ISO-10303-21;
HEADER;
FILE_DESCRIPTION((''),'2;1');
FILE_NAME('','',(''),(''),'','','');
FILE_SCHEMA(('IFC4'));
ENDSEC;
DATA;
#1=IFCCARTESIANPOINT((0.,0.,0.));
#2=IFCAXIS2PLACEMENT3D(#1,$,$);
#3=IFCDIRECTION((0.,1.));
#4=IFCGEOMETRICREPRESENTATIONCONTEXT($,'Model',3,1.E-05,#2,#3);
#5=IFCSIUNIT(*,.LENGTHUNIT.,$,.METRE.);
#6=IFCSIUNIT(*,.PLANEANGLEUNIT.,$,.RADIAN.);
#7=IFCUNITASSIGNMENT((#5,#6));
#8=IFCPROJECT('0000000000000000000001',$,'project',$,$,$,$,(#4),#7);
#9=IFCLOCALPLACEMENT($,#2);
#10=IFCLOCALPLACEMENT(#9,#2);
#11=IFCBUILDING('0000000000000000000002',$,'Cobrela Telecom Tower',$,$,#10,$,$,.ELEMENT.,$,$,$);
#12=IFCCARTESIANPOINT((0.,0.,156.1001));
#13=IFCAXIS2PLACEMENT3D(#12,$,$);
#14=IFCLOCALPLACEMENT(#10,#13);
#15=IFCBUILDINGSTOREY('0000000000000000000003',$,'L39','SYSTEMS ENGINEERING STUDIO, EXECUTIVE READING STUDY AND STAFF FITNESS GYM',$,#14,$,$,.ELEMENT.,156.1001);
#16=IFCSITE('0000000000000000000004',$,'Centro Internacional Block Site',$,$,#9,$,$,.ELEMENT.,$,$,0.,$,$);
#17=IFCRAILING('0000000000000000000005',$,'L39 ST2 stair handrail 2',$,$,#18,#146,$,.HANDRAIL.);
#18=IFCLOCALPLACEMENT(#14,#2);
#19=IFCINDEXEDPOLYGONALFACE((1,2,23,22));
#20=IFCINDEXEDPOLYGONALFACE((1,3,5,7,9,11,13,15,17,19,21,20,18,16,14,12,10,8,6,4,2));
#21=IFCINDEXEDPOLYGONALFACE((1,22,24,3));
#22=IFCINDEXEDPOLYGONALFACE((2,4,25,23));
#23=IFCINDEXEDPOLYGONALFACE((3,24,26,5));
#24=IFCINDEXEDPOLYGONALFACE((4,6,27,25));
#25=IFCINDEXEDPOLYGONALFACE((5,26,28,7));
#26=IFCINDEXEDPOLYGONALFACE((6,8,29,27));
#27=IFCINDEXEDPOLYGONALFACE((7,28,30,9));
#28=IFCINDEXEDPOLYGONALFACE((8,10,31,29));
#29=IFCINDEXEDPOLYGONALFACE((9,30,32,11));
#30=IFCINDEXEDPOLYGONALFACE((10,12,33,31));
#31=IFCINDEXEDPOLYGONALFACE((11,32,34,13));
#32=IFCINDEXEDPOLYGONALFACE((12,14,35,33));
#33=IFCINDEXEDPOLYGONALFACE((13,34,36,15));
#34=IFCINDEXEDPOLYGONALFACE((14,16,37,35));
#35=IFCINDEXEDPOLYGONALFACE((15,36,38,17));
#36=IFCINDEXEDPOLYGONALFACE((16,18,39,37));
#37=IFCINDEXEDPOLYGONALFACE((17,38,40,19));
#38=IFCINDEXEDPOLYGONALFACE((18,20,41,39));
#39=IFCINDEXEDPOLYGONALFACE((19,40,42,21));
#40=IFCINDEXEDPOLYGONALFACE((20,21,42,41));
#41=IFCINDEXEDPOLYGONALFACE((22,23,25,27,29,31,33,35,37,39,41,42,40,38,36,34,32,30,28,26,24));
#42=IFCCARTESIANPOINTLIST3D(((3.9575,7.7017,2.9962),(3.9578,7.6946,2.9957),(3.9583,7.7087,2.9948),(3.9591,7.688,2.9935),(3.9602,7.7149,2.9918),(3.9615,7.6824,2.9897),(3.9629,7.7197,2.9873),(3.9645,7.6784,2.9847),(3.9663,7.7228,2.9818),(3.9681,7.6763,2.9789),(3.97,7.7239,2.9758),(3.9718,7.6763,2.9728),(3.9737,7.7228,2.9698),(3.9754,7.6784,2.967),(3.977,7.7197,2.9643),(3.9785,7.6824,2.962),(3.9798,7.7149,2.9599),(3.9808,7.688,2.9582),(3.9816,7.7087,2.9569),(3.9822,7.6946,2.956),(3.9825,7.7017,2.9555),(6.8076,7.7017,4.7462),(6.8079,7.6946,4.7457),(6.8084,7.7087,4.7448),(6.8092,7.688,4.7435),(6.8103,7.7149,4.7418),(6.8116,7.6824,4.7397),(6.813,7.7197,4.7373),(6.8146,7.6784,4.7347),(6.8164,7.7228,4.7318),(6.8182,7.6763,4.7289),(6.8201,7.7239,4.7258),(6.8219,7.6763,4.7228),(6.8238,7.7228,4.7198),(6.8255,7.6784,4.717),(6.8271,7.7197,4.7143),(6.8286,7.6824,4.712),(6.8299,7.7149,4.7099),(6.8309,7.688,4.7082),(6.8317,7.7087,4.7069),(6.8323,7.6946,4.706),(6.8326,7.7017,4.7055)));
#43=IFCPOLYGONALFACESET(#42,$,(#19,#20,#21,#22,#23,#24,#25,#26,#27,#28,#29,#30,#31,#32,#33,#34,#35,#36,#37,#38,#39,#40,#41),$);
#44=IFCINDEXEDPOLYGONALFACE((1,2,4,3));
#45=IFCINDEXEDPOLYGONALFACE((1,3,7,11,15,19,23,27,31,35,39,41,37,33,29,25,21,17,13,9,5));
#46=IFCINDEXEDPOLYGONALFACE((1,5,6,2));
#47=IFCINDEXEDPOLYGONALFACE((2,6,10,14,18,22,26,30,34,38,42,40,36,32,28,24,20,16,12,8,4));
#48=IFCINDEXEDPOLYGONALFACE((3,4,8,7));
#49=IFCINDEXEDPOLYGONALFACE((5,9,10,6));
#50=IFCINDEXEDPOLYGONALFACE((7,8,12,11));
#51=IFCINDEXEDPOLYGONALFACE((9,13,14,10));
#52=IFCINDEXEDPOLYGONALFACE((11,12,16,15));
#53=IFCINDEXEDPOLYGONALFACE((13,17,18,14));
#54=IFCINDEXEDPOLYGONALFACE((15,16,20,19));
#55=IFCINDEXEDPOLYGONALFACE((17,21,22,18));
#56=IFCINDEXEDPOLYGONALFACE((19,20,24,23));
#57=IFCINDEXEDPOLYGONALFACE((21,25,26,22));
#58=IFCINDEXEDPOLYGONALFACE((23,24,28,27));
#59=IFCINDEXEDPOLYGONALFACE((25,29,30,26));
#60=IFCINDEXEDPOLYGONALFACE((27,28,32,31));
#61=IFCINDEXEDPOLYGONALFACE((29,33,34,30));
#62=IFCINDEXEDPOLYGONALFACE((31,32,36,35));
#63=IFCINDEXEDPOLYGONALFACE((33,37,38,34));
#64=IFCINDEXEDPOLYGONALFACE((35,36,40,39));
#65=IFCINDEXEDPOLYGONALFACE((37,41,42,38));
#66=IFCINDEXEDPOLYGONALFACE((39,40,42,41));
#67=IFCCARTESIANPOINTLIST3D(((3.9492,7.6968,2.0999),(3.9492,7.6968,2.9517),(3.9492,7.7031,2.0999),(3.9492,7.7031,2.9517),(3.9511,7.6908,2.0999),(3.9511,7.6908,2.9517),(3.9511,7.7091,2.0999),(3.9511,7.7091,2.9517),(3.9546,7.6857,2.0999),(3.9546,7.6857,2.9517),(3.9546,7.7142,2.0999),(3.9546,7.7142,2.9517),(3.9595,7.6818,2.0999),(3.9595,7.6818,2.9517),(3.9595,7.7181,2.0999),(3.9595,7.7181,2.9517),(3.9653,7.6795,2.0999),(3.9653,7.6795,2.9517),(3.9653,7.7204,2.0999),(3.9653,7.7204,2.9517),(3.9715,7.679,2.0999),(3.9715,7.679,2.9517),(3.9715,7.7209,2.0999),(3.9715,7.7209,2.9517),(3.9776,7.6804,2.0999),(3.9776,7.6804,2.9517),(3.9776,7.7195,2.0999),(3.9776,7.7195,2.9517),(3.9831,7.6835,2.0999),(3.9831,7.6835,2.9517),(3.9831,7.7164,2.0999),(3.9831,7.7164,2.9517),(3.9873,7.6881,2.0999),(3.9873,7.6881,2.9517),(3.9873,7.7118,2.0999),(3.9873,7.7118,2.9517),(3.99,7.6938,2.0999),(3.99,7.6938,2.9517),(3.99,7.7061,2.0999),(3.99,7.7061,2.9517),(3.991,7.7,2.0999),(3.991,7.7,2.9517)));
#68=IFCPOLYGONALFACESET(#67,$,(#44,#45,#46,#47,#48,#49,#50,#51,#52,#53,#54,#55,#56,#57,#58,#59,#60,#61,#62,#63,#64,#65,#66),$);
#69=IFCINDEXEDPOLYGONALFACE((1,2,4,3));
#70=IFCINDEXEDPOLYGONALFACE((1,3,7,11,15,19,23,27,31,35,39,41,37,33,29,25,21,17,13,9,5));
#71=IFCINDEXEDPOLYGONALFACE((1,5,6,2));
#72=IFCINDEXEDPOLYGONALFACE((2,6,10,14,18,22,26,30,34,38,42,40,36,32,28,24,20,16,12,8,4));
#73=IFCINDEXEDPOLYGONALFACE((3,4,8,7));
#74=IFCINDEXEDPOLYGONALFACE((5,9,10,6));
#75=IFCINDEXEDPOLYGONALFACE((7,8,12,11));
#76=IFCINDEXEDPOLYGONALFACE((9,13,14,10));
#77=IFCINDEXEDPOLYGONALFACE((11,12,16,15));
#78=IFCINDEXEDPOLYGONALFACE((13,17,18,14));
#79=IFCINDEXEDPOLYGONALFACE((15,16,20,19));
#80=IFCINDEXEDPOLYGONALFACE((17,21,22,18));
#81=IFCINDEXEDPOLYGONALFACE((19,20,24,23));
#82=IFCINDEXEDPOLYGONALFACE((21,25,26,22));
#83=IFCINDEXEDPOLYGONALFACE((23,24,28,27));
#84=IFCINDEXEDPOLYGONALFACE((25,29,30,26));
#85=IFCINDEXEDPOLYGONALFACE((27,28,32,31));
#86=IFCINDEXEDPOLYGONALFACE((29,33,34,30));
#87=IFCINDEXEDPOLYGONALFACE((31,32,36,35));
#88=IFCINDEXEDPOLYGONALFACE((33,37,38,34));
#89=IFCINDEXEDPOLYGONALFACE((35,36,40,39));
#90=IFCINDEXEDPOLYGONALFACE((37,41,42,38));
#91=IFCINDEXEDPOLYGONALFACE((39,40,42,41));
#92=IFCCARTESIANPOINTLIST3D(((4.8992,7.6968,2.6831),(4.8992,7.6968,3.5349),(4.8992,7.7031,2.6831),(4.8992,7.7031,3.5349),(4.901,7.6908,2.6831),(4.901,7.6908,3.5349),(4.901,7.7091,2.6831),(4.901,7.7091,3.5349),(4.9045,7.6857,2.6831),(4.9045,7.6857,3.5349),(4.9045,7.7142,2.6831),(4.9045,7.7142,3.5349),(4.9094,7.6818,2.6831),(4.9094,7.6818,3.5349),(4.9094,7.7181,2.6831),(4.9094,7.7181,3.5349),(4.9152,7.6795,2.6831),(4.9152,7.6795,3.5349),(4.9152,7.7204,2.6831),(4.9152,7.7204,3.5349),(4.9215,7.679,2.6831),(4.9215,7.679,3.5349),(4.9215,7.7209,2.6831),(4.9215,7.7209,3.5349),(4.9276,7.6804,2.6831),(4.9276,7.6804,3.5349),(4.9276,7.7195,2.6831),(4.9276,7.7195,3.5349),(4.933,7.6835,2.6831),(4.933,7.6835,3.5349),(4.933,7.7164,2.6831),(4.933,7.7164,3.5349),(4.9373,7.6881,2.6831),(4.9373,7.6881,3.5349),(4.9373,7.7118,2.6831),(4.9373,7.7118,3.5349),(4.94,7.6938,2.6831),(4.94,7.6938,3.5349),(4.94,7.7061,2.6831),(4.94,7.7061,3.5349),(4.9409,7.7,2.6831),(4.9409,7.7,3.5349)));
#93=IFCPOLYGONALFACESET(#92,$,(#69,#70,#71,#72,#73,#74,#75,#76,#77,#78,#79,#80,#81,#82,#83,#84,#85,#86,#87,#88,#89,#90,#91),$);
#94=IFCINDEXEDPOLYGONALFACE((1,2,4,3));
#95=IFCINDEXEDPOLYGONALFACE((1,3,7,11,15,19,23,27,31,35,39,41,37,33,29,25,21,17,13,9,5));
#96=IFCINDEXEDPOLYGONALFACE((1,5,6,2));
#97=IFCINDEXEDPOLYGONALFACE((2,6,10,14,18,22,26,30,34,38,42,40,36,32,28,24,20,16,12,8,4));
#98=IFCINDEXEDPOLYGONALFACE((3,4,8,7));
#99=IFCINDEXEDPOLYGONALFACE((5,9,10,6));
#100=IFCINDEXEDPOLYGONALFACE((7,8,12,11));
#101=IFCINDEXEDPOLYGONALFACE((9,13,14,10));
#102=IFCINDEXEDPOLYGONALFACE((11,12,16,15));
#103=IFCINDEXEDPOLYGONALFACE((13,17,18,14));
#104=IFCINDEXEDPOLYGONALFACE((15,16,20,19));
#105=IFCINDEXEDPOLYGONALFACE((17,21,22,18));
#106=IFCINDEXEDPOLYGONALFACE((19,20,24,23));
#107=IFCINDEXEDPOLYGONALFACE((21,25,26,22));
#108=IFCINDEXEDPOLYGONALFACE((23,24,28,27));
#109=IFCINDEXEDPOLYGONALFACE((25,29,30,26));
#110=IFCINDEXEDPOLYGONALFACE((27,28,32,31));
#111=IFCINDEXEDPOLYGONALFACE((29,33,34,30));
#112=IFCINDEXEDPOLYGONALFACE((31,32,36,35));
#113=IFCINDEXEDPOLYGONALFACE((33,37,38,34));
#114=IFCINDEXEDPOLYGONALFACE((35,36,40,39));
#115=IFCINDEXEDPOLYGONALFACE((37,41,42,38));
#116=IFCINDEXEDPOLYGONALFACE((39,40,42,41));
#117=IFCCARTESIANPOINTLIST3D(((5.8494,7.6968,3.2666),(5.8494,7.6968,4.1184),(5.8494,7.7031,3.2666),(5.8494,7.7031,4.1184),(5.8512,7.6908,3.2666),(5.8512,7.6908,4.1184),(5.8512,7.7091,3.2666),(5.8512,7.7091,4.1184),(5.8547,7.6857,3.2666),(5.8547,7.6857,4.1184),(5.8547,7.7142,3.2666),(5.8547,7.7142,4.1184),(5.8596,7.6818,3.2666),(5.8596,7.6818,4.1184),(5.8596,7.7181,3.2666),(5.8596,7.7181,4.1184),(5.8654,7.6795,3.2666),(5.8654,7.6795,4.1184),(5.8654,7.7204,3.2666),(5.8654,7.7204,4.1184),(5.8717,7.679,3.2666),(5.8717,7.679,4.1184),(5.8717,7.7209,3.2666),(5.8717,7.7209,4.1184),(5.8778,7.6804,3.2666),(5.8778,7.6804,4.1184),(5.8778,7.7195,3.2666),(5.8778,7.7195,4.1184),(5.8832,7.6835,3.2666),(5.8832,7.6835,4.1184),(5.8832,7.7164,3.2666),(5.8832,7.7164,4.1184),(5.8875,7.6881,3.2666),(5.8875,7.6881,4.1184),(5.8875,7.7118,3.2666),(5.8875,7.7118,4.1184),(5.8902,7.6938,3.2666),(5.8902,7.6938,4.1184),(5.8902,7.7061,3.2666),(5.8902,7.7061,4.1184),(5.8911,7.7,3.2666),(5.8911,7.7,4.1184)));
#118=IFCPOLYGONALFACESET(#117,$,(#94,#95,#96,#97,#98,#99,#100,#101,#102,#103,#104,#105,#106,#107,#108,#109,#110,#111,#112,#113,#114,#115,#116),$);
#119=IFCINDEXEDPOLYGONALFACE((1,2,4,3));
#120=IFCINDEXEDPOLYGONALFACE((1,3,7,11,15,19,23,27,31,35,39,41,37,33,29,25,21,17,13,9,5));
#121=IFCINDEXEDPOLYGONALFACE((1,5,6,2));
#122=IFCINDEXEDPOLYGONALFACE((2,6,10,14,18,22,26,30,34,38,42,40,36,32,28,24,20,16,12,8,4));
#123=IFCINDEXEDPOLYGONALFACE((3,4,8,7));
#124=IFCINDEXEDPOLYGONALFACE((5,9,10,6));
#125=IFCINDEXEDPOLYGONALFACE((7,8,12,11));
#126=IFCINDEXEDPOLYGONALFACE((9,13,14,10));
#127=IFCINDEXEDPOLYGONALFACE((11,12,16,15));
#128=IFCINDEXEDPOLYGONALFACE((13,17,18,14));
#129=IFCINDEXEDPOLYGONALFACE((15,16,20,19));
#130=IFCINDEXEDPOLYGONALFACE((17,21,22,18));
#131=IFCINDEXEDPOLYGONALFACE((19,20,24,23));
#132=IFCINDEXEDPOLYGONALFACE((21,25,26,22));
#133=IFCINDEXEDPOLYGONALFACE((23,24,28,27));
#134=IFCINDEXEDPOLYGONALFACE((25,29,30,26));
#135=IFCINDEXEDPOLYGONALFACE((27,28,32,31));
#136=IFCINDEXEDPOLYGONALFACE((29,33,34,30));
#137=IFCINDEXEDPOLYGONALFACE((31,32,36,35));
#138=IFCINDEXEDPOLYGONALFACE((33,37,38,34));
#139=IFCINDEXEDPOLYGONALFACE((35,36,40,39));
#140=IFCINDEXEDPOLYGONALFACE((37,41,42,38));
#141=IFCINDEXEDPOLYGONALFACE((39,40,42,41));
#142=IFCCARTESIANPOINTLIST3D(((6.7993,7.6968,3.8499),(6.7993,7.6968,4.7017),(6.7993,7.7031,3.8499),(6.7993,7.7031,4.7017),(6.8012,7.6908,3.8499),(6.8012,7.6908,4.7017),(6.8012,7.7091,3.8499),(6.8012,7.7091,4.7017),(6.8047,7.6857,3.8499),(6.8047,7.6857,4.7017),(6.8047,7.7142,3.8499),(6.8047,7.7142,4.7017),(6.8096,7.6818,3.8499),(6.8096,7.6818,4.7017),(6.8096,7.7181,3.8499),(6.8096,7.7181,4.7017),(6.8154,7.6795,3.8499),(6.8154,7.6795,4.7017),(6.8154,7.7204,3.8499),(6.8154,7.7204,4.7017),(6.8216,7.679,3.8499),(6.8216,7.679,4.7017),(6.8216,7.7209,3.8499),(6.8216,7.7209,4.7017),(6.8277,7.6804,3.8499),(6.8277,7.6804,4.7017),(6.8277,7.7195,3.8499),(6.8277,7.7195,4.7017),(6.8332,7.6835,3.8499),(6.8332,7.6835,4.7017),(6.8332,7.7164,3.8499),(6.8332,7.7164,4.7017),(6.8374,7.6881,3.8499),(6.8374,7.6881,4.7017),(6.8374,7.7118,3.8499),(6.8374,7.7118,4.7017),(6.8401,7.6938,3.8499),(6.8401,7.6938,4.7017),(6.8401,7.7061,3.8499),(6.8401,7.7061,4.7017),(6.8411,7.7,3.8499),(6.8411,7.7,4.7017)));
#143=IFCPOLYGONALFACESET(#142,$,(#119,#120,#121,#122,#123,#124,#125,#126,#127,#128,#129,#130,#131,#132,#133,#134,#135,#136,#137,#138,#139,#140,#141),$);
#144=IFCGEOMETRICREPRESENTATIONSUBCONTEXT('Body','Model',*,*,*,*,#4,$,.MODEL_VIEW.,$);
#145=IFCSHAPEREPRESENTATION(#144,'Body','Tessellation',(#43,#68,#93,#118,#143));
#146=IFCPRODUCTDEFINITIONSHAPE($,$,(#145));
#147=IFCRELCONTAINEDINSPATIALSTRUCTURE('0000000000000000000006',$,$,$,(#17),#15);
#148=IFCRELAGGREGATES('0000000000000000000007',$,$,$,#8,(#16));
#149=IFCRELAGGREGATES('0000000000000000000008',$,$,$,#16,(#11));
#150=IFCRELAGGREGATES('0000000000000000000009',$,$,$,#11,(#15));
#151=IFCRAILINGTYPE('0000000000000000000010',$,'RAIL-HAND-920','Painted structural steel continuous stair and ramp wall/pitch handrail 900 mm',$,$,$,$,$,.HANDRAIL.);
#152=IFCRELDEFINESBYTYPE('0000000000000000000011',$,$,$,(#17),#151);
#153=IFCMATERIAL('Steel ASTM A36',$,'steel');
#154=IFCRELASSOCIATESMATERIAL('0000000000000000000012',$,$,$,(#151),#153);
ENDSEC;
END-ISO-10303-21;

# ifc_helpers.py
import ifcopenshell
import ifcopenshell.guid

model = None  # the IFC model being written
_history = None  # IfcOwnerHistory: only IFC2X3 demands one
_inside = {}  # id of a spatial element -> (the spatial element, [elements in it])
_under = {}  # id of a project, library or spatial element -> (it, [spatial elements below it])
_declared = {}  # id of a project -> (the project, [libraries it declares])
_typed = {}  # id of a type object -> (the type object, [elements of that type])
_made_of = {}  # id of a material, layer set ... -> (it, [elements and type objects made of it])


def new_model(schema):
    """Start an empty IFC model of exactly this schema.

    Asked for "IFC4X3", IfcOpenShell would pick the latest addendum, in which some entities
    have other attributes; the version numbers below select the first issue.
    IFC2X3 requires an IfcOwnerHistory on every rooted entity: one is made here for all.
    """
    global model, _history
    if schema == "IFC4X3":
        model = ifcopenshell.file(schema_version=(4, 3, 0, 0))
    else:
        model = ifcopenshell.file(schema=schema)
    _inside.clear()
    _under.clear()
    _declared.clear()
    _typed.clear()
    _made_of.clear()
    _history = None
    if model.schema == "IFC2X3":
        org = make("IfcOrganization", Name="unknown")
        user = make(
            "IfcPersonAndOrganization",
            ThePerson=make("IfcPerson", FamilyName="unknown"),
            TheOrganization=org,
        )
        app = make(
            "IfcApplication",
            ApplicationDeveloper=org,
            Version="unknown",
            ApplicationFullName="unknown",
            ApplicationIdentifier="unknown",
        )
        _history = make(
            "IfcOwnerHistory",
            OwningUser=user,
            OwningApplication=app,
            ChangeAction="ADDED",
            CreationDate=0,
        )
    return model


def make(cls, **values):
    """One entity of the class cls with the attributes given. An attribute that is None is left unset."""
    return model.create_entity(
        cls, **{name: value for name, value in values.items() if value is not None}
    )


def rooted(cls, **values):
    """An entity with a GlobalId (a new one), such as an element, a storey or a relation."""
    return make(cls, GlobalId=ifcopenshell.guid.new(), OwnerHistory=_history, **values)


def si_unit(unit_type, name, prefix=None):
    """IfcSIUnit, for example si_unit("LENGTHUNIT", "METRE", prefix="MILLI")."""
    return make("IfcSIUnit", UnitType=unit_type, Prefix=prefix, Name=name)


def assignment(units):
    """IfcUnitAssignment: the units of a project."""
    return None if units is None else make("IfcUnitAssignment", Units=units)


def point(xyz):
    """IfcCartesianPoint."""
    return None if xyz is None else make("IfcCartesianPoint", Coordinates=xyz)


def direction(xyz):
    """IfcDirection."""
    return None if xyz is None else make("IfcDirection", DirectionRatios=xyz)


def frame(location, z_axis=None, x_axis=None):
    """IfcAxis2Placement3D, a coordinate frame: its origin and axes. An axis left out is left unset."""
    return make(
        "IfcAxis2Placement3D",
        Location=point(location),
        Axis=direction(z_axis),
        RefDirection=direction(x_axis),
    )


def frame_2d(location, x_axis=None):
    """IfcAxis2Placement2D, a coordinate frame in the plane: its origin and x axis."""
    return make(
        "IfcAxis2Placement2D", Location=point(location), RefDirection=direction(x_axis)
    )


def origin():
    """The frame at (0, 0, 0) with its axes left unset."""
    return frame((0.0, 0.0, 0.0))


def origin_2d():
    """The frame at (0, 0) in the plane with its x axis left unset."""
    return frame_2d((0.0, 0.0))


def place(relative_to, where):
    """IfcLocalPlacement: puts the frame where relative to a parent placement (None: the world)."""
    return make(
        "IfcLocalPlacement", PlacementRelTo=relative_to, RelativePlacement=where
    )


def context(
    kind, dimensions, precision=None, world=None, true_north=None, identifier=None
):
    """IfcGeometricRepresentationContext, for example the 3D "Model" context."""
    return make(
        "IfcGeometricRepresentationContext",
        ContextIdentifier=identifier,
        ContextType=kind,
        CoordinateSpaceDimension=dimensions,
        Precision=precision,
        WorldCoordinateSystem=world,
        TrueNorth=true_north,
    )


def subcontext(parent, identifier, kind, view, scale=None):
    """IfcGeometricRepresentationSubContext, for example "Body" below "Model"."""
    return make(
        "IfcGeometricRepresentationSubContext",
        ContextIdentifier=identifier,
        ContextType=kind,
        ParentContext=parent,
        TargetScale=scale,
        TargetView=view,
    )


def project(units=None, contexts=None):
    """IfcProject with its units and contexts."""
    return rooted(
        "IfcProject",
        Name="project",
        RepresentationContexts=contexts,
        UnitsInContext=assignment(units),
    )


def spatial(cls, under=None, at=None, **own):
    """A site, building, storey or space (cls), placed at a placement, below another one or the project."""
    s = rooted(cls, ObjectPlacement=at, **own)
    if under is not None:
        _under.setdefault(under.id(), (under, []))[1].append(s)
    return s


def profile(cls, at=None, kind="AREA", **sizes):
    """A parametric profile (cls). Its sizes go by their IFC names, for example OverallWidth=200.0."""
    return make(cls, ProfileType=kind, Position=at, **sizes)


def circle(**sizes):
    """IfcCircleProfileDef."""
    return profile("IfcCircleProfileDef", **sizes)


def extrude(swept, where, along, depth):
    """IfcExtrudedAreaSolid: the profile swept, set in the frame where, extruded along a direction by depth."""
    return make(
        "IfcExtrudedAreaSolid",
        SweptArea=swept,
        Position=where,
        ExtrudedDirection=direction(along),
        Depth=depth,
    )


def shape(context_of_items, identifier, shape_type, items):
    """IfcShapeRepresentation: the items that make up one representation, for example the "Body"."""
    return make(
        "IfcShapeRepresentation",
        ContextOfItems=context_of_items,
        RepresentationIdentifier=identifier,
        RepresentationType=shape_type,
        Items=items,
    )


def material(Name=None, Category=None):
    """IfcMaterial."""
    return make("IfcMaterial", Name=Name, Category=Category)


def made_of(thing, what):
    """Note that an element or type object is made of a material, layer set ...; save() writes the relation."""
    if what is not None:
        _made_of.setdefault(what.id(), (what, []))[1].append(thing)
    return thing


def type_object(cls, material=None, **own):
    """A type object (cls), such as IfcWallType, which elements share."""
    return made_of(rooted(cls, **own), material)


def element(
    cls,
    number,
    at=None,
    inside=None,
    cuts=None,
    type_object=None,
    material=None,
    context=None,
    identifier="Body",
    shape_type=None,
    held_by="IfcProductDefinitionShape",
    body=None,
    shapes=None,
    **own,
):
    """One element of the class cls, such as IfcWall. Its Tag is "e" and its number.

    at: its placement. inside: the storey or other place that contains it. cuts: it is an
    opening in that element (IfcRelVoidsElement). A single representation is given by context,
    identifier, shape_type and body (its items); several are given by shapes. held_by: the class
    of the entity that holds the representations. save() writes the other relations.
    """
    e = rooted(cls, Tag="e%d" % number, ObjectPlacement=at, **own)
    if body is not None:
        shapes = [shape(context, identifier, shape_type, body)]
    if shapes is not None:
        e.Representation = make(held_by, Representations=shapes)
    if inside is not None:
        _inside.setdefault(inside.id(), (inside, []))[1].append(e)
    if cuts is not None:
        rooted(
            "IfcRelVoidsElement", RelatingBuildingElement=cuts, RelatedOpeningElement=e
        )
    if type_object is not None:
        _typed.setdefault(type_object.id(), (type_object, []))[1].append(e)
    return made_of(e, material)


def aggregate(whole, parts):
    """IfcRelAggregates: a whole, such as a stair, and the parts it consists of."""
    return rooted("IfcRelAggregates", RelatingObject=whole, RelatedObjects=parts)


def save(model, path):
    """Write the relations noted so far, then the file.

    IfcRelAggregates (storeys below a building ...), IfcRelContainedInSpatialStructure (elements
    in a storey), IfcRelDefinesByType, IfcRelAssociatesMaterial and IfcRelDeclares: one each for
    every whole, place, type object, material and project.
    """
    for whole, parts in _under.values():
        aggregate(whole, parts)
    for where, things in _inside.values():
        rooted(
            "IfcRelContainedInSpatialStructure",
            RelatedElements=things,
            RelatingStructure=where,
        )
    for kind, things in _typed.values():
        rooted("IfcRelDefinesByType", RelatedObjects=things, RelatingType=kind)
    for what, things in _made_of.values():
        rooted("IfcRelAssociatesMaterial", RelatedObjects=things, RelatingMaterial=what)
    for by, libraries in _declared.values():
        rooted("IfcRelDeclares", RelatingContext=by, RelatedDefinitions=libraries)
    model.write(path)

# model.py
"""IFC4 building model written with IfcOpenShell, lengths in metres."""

from ifc_helpers import new_model, si_unit, direction, frame, origin, origin_2d, place, context, subcontext, project, spatial, circle, extrude, material, type_object, element, save


model = new_model("IFC4")

# Units and contexts
model_context = context("Model", 3, precision=1e-05, world=origin(), true_north=direction((0.0, 1.0)))
body_context = subcontext(model_context, "Body", "Model", "MODEL_VIEW")
ifc_project = project(units=[si_unit("LENGTHUNIT", "METRE"), si_unit("PLANEANGLEUNIT", "RADIAN")], contexts=[model_context])

# Site, building, storey
site_placement = place(None, origin())
site = spatial("IfcSite", under=ifc_project, at=site_placement, Name="Centro Internacional Block Site", CompositionType="ELEMENT", RefElevation=0.0)
building_placement = place(site_placement, origin())
building = spatial("IfcBuilding", under=site, at=building_placement, Name="Cobrela Telecom Tower", CompositionType="ELEMENT")
storey_placement = place(building_placement, frame((0.0, 0.0, 156.1001)))
storey = spatial("IfcBuildingStorey", under=building, at=storey_placement, Name="L39", Description="SYSTEMS ENGINEERING STUDIO, EXECUTIVE READING STUDY AND STAFF FITNESS GYM", CompositionType="ELEMENT", Elevation=156.1001)

# Railing
ifc_material_1 = material(Name="Steel ASTM A36", Category="steel")
railing_type_1 = type_object("IfcRailingType", Name="RAIL-HAND-920", Description="Painted structural steel continuous stair and ramp wall/pitch handrail 900 mm", PredefinedType="HANDRAIL", material=ifc_material_1)
railing_1_placement = place(storey_placement, frame((3.97, 7.7, 2.0999)))
element("IfcRailing", 1, at=railing_1_placement, inside=storey, type_object=railing_type_1, Name="L39 ST2 stair handrail 2", PredefinedType="HANDRAIL", context=body_context, shape_type="SweptSolid", body=[
    extrude(circle(Radius=0.0239, at=origin_2d()), frame((0.0, 0.0, 0.876), z_axis=(0.852179, 0.0, 0.52325), x_axis=(0.0, 1.0, 0.0)), (0.0, 0.0, 1.0), 3.3445),
    extrude(circle(Radius=0.021, at=origin_2d()), origin(), (0.0, 0.0, 1.0), 0.8518),
    extrude(circle(Radius=0.021, at=origin_2d()), frame((0.95, 0.0, 0.5833)), (0.0, 0.0, 1.0), 0.8518),
    extrude(circle(Radius=0.021, at=origin_2d()), frame((1.9001, 0.0, 1.1667)), (0.0, 0.0, 1.0), 0.8518),
    extrude(circle(Radius=0.021, at=origin_2d()), frame((2.8501, 0.0, 1.75)), (0.0, 0.0, 1.0), 0.8518),
])

save(model, "model.ifc")
